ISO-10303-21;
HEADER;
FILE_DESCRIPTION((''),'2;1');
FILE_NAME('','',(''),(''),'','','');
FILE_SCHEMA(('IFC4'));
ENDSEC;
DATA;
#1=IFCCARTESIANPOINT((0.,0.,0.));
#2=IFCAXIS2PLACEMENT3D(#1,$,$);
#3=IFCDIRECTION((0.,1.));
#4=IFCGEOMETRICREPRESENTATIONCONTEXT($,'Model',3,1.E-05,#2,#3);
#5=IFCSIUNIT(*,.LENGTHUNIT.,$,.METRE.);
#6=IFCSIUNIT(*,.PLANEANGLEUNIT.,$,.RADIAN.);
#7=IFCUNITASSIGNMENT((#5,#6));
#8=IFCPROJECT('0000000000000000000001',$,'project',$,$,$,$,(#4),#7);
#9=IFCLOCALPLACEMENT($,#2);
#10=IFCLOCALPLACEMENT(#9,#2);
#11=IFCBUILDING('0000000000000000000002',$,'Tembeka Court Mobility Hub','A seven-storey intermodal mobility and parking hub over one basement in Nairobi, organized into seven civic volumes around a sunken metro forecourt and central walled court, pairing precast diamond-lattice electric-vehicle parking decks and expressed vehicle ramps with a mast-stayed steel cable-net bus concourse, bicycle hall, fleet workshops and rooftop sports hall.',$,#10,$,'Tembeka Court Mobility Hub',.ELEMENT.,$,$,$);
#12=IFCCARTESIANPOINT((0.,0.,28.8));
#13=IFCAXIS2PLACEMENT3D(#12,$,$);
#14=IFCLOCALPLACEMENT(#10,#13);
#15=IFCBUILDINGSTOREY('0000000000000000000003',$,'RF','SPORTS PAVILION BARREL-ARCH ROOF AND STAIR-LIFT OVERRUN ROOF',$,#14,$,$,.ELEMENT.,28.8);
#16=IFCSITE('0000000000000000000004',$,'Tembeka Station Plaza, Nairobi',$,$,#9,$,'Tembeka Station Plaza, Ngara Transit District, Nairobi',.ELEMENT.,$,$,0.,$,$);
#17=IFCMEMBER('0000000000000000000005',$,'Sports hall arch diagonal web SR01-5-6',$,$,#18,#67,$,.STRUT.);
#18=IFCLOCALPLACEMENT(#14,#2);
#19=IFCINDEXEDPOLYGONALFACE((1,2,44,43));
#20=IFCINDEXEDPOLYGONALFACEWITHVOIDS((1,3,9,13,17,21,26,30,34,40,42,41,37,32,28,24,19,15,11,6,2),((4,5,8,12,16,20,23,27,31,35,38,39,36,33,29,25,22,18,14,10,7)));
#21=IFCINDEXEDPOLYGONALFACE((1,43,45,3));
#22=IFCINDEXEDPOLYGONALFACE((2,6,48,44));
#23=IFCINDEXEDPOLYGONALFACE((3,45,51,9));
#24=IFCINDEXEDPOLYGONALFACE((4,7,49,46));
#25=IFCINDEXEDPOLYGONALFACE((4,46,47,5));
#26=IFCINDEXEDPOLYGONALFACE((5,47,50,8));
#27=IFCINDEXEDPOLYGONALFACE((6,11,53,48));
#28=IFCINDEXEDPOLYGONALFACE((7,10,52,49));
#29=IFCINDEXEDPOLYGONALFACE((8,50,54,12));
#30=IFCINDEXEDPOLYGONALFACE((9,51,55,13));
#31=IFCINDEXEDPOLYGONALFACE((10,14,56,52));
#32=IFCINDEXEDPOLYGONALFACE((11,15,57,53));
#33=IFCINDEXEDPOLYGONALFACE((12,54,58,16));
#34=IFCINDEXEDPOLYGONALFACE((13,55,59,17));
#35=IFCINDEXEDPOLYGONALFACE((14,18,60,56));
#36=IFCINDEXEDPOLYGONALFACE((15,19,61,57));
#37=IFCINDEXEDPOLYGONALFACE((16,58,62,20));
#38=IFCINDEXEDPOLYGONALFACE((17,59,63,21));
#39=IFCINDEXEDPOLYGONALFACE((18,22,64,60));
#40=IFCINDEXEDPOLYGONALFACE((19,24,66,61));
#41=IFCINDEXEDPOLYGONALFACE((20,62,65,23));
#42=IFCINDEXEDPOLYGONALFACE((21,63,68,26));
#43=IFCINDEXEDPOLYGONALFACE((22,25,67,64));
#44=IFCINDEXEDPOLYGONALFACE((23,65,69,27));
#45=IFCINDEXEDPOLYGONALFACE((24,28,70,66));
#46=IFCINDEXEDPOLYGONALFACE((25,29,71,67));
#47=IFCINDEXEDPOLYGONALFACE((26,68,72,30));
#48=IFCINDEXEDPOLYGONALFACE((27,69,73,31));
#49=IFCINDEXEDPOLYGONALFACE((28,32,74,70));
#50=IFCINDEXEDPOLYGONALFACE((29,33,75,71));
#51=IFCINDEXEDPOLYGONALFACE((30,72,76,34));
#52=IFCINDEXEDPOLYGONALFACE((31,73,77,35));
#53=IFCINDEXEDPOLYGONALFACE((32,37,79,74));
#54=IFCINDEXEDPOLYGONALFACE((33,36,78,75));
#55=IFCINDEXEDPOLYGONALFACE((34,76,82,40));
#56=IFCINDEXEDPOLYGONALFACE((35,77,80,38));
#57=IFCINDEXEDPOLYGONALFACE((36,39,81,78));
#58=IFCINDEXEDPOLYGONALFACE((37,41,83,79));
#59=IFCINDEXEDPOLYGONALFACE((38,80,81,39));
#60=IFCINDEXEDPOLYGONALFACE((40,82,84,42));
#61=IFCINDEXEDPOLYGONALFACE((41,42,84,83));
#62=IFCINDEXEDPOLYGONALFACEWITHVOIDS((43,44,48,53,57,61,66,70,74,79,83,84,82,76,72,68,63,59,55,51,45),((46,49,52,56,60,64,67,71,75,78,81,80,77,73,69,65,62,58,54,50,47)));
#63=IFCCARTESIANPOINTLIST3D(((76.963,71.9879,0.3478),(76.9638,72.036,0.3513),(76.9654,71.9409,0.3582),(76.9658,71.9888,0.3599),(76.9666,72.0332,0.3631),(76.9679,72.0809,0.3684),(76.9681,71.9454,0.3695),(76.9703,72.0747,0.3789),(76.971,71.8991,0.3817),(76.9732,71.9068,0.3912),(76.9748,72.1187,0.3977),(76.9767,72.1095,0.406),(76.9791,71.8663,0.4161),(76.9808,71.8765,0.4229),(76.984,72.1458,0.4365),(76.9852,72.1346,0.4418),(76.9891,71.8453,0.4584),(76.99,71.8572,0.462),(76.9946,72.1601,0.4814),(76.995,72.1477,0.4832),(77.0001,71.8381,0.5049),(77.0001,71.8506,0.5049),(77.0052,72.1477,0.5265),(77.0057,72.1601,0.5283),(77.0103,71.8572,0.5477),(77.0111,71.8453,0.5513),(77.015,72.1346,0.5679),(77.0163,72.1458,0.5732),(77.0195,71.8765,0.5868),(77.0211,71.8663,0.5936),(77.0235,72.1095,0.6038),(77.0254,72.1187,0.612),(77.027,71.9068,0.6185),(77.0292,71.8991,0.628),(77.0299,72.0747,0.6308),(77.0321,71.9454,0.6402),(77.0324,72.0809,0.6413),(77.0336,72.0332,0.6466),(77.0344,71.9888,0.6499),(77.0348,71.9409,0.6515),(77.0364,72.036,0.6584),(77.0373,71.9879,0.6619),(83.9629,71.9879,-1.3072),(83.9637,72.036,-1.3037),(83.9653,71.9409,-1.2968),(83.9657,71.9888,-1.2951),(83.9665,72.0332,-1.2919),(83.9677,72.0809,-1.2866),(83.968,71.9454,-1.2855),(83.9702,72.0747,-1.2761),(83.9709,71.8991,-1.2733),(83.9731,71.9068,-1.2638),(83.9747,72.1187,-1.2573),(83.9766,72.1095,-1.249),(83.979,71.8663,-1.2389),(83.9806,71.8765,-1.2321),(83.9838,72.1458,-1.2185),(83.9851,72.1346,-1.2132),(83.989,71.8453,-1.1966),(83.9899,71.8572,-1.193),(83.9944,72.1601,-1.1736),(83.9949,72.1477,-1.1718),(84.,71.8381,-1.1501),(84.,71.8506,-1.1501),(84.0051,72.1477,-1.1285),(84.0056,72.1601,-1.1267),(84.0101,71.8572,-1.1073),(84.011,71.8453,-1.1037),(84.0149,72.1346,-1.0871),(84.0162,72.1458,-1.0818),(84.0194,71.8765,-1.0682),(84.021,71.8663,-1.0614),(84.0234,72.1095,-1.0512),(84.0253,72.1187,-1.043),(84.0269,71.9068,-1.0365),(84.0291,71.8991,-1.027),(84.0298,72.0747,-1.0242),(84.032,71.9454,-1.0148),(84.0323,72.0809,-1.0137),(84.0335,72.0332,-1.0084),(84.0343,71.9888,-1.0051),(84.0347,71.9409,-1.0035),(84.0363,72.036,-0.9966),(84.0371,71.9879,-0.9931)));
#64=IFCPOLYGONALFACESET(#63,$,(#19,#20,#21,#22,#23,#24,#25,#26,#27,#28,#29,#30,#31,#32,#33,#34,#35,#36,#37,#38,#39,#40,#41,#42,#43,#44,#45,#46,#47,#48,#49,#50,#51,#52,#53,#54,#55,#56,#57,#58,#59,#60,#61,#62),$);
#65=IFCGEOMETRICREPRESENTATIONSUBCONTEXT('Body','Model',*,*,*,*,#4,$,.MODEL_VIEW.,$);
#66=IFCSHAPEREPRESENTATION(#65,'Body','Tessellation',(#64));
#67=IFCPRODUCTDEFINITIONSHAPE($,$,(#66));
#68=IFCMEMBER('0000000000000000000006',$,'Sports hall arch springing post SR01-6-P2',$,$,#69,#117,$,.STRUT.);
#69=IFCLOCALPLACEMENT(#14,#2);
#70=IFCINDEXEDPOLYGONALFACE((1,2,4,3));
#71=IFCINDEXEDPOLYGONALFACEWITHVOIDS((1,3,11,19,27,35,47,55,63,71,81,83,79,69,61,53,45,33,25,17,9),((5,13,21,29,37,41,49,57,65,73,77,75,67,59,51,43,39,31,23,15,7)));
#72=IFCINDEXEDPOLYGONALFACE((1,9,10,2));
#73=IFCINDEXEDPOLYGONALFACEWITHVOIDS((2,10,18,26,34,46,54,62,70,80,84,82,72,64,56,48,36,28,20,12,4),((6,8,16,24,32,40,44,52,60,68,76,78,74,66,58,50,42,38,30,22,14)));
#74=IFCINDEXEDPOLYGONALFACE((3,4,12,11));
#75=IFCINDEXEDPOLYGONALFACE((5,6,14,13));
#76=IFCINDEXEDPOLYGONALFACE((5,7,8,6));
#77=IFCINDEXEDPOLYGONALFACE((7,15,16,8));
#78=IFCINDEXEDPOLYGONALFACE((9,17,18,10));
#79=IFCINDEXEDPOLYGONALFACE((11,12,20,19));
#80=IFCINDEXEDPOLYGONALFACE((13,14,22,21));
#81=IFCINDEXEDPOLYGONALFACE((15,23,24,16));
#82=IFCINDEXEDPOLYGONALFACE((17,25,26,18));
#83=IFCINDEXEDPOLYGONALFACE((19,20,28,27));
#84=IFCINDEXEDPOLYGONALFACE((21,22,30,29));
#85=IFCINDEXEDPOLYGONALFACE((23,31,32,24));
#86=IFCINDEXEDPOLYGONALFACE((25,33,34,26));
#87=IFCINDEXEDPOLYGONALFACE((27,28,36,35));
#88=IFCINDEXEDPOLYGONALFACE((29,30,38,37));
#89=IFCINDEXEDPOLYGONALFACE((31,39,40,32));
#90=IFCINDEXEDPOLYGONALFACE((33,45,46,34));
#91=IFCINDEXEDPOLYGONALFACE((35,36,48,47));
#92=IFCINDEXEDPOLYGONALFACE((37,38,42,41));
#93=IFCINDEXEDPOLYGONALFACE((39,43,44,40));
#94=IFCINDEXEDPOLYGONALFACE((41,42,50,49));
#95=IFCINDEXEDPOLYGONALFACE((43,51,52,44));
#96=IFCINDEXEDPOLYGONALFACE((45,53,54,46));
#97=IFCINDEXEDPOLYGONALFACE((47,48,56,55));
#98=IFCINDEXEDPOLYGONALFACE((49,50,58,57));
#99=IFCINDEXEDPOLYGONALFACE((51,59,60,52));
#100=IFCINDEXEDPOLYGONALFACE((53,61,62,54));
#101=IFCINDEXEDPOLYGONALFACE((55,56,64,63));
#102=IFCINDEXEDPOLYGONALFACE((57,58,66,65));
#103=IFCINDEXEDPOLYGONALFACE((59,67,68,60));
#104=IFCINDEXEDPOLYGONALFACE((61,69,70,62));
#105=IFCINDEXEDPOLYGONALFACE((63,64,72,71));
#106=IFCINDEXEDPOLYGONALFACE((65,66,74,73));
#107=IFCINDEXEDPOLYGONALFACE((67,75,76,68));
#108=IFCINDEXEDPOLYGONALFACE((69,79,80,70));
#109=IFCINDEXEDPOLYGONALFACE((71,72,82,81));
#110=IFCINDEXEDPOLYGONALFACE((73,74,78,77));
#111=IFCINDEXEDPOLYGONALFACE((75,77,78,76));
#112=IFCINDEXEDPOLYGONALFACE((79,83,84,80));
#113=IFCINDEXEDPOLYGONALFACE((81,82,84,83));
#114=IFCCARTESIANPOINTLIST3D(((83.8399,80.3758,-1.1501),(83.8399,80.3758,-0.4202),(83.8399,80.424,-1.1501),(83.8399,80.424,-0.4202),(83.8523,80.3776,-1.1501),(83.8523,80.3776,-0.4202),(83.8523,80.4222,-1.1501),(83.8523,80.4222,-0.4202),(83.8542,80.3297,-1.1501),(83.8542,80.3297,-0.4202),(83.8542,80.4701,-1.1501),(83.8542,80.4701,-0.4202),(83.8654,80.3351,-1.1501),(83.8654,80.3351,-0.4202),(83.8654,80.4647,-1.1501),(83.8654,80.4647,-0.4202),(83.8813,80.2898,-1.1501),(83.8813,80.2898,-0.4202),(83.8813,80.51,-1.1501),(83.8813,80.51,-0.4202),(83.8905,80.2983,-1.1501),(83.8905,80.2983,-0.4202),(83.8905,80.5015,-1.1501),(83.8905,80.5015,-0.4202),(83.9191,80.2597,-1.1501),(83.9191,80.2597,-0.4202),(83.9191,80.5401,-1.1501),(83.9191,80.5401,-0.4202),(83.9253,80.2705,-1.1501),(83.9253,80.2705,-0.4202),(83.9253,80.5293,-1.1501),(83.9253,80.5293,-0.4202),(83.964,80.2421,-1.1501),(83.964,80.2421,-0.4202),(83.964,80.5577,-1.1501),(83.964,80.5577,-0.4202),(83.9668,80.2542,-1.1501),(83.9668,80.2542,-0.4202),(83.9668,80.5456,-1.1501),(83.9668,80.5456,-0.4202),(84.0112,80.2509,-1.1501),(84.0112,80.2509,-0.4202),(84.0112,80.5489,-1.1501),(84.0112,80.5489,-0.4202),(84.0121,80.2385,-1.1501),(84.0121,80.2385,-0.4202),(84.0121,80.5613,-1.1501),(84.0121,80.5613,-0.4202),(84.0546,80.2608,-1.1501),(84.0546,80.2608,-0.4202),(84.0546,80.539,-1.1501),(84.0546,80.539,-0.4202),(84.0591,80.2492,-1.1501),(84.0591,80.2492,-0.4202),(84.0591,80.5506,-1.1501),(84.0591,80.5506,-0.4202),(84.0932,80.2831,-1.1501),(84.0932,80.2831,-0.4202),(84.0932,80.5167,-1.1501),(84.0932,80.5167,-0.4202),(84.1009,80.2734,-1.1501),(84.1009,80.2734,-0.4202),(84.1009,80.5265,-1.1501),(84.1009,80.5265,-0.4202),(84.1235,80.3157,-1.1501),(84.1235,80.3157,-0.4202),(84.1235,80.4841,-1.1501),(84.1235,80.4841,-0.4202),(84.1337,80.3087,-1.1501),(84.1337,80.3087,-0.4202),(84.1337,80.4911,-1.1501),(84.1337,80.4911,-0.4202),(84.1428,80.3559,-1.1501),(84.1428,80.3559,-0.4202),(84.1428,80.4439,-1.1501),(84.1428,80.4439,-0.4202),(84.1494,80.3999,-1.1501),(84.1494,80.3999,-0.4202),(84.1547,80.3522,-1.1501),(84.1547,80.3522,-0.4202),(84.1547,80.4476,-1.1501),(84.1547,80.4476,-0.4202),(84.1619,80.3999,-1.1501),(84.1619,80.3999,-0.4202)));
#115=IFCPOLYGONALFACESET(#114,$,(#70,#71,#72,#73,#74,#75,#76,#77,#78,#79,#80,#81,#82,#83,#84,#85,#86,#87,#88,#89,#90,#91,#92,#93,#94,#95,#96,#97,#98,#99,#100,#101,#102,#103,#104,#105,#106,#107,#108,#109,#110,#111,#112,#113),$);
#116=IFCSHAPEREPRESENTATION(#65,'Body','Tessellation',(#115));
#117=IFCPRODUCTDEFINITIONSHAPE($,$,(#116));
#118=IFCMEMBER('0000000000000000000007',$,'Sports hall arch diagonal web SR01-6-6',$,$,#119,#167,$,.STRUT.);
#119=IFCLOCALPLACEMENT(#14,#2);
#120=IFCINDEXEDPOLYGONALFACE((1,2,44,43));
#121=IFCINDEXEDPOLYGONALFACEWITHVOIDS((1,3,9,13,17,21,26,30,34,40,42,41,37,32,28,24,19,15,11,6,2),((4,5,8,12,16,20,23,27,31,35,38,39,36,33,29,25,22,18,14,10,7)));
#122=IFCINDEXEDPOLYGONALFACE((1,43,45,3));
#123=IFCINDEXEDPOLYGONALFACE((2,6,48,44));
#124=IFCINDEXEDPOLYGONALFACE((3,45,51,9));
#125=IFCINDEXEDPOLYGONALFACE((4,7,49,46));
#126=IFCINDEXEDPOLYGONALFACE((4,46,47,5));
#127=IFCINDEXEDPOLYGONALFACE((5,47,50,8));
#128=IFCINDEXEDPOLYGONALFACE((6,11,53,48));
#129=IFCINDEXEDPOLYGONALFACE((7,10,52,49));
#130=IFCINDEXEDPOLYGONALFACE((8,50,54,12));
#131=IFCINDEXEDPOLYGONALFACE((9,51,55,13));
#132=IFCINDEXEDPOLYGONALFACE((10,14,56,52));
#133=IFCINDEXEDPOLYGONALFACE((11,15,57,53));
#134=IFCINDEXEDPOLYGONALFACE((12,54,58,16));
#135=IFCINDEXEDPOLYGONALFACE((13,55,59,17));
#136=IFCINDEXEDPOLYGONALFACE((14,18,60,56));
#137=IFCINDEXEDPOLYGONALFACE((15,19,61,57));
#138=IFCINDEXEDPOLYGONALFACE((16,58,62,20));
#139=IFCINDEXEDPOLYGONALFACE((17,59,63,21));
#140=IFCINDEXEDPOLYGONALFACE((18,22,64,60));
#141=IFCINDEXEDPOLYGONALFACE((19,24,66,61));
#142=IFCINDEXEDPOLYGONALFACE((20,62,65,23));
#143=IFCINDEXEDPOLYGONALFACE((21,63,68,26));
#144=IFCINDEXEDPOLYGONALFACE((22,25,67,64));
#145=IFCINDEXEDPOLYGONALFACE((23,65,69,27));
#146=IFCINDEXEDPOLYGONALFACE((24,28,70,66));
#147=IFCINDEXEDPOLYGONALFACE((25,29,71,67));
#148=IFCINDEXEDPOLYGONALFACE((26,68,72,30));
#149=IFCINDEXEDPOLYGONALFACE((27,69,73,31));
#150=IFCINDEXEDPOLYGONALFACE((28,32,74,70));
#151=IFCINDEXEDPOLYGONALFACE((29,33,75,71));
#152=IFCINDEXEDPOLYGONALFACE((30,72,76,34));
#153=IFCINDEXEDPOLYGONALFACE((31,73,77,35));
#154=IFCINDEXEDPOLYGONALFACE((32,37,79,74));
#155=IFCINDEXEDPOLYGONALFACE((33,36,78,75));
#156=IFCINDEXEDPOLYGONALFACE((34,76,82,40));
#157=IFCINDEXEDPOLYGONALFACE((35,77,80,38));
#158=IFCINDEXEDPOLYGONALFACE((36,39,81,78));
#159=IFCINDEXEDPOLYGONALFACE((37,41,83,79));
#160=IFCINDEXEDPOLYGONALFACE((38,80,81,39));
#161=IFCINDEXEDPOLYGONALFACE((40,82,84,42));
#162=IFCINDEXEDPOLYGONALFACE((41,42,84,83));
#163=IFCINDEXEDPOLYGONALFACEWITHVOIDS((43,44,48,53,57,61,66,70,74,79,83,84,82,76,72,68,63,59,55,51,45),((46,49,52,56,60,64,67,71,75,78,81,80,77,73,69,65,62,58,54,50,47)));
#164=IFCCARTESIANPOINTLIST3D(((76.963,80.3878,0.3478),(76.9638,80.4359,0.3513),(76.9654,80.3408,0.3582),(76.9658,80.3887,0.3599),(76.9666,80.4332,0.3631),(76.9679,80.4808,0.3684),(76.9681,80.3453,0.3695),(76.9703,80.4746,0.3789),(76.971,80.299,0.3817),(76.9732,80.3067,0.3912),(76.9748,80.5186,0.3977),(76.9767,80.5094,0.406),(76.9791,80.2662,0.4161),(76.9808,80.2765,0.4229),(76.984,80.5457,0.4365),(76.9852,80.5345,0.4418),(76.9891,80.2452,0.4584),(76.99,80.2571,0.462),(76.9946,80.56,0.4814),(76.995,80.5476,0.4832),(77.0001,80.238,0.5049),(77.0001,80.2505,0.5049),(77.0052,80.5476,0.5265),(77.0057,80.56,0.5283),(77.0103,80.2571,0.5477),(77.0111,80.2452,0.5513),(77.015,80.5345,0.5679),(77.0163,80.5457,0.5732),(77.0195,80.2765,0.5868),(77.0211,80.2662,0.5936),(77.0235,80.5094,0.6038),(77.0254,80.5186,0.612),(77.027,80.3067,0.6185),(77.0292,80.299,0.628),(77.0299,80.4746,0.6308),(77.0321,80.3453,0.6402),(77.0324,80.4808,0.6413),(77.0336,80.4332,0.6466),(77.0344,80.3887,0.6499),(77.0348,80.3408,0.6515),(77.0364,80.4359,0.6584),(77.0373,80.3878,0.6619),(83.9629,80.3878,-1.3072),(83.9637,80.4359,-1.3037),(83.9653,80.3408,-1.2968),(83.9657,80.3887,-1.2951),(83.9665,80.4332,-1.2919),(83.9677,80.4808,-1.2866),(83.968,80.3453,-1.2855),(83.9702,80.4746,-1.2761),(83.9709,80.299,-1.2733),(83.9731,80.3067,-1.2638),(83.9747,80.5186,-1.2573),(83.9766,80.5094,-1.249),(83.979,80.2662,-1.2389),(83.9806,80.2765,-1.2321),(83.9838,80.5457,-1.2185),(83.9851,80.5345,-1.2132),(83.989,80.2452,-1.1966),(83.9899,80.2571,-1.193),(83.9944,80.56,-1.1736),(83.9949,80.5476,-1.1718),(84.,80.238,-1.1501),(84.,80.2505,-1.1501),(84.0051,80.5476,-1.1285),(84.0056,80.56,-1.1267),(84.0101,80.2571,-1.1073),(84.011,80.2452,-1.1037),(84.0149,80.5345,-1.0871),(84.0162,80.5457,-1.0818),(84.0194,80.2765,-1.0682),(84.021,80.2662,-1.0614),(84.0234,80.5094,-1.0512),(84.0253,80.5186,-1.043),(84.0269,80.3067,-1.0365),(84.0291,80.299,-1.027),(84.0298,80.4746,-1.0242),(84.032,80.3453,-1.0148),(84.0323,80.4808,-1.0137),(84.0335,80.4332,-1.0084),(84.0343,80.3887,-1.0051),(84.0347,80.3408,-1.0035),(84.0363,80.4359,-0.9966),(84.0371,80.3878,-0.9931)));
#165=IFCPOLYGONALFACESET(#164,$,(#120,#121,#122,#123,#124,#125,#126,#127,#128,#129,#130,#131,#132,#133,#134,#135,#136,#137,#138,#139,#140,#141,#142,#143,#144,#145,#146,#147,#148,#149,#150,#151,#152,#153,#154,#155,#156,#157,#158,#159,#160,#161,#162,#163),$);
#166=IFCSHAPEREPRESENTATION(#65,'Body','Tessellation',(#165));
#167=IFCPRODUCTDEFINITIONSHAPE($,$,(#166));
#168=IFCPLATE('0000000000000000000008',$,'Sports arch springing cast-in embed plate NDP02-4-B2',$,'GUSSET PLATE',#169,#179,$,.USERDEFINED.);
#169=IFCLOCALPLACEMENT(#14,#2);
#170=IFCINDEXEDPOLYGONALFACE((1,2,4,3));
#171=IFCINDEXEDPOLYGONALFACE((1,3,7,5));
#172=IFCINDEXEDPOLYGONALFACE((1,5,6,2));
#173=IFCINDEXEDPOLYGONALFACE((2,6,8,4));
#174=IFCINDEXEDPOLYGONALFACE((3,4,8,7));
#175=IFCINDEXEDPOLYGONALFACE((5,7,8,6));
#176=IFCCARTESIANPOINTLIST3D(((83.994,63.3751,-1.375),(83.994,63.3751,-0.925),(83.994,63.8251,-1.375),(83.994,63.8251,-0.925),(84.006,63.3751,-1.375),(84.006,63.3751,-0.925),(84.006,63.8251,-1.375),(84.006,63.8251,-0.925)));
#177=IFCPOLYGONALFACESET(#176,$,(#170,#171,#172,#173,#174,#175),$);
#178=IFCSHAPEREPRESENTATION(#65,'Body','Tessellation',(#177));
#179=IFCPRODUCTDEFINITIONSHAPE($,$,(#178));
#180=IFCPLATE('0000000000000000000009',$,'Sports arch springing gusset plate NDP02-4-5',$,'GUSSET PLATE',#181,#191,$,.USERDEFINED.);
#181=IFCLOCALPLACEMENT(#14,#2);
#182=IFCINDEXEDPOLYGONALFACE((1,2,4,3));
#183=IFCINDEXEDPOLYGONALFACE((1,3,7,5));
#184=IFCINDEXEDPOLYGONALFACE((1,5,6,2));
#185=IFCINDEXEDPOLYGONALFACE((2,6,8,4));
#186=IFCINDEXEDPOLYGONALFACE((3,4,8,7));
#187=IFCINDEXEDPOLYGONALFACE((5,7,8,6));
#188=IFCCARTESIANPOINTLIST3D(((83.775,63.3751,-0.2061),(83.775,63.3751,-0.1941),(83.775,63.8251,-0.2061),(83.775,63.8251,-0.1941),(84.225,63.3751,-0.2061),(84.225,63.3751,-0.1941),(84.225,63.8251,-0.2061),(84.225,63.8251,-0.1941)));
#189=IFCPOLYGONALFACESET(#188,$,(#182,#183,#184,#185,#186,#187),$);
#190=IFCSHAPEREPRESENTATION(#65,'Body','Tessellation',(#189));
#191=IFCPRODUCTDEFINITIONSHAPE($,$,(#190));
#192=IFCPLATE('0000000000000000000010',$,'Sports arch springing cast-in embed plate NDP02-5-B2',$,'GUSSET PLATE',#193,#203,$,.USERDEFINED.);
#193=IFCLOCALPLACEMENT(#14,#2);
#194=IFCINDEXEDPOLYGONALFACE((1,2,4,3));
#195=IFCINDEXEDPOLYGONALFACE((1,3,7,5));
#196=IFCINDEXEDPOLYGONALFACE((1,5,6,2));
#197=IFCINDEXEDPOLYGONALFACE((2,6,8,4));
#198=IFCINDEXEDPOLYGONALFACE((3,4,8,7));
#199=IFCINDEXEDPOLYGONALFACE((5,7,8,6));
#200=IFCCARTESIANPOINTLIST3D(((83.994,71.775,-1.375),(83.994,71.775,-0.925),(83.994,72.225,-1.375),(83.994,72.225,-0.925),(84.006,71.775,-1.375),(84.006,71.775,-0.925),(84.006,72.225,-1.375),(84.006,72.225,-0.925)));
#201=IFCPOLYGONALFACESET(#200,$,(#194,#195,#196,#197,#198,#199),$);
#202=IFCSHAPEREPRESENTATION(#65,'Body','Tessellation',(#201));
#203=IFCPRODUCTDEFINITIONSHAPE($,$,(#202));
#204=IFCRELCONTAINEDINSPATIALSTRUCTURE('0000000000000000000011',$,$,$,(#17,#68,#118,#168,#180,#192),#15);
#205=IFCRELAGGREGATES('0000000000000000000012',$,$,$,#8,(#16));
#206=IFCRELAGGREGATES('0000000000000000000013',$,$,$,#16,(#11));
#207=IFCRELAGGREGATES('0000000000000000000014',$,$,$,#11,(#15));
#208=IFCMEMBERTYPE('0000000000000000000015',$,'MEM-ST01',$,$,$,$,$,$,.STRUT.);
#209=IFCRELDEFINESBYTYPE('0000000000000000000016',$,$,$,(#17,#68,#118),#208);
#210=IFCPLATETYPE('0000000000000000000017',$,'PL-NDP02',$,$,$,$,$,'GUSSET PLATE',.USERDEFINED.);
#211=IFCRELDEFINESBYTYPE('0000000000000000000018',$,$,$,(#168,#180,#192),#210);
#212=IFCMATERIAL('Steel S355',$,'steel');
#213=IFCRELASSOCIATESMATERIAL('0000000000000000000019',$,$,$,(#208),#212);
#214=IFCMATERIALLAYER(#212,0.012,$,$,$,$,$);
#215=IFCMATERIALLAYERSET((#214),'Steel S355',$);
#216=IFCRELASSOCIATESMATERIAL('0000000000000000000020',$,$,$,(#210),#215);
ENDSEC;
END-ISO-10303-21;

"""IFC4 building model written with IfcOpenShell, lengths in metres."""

from ifc_helpers import new_model, si_unit, direction, frame, origin, origin_2d, place, context, subcontext, project, spatial, rectangle, hollow_circle, extrude, material, layer, layer_set, material_profile, profile_set, type_object, element, save


model = new_model("IFC4")

# Units and contexts
model_context = context("Model", 3, precision=1e-05, world=origin(), true_north=direction((0.0, 1.0)))
body_context = subcontext(model_context, "Body", "Model", "MODEL_VIEW")
ifc_project = project(units=[si_unit("LENGTHUNIT", "METRE"), si_unit("PLANEANGLEUNIT", "RADIAN")], contexts=[model_context])

# Site, building, storey
site_placement = place(None, origin())
site = spatial("IfcSite", under=ifc_project, at=site_placement, Name="Tembeka Station Plaza, Nairobi", LongName="Tembeka Station Plaza, Ngara Transit District, Nairobi", CompositionType="ELEMENT", RefElevation=0.0)
building_placement = place(site_placement, origin())
building = spatial("IfcBuilding", under=site, at=building_placement, Name="Tembeka Court Mobility Hub", Description="A seven-storey intermodal mobility and parking hub over one basement in Nairobi, organized into seven civic volumes around a sunken metro forecourt and central walled court, pairing precast diamond-lattice electric-vehicle parking decks and expressed vehicle ramps with a mast-stayed steel cable-net bus concourse, bicycle hall, fleet workshops and rooftop sports hall.", LongName="Tembeka Court Mobility Hub", CompositionType="ELEMENT")
storey_placement = place(building_placement, frame((0.0, 0.0, 28.8)))
storey = spatial("IfcBuildingStorey", under=building, at=storey_placement, Name="RF", Description="SPORTS PAVILION BARREL-ARCH ROOF AND STAIR-LIFT OVERRUN ROOF", CompositionType="ELEMENT", Elevation=28.8)

# Shared definitions
ifc_material_1 = material(Name="Steel S355", Category="steel")

# Members
ifc_material_profile_1 = material_profile(ifc_material_1, hollow_circle(Radius=0.1619, WallThickness=0.0125, at=origin_2d()), Name="CHS 323.9x12.5")
ifc_profile_set_1 = profile_set([ifc_material_profile_1], Name="Steel S355")
member_type = type_object("IfcMemberType", Name="MEM-ST01", PredefinedType="STRUT", material=ifc_profile_set_1)
member_1_placement = place(storey_placement, frame((84.0, 72.0, -1.1501), z_axis=(-0.97317, 0.0, 0.230089), x_axis=(0.0, -1.0, 0.0)))
element("IfcMember", 1, at=member_1_placement, inside=storey, type_object=member_type, Name="Sports hall arch diagonal web SR01-5-6", PredefinedType="STRUT", context=body_context, shape_type="SweptSolid", body=[
    extrude(hollow_circle(Radius=0.1619, WallThickness=0.0125, at=origin_2d()), origin(), (0.0, 0.0, 1.0), 7.1929),
])
member_2_placement = place(storey_placement, frame((84.0, 80.3999, -1.1501), z_axis=(0.0, 0.0, 1.0), x_axis=(1.0, 0.0, 0.0)))
element("IfcMember", 2, at=member_2_placement, inside=storey, type_object=member_type, Name="Sports hall arch springing post SR01-6-P2", PredefinedType="STRUT", context=body_context, shape_type="SweptSolid", body=[
    extrude(hollow_circle(Radius=0.1619, WallThickness=0.0125, at=origin_2d()), origin(), (0.0, 0.0, 1.0), 0.73),
])
member_3_placement = place(storey_placement, frame((84.0, 80.3999, -1.1501), z_axis=(-0.97317, 0.0, 0.230089), x_axis=(0.0, -1.0, 0.0)))
element("IfcMember", 3, at=member_3_placement, inside=storey, type_object=member_type, Name="Sports hall arch diagonal web SR01-6-6", PredefinedType="STRUT", context=body_context, shape_type="SweptSolid", body=[
    extrude(hollow_circle(Radius=0.1619, WallThickness=0.0125, at=origin_2d()), origin(), (0.0, 0.0, 1.0), 7.1929),
])

# Plates
ifc_layer_1 = layer(ifc_material_1, 0.012)
ifc_layer_set_1 = layer_set([ifc_layer_1], Name="Steel S355")
plate_type = type_object("IfcPlateType", Name="PL-NDP02", ElementType="GUSSET PLATE", PredefinedType="USERDEFINED", material=ifc_layer_set_1)
plate_1_placement = place(storey_placement, frame((84.0, 63.6001, -1.375), z_axis=(0.0, 0.0, 1.0), x_axis=(1.0, 0.0, 0.0)))
element("IfcPlate", 4, at=plate_1_placement, inside=storey, type_object=plate_type, Name="Sports arch springing cast-in embed plate NDP02-4-B2", ObjectType="GUSSET PLATE", PredefinedType="USERDEFINED", context=body_context, shape_type="SweptSolid", body=[
    extrude(rectangle(XDim=0.012, YDim=0.45, at=origin_2d()), origin(), (0.0, 0.0, 1.0), 0.45),
])
plate_2_placement = place(storey_placement, frame((84.0, 63.6001, -0.2061), z_axis=(0.0, 0.0, 1.0), x_axis=(1.0, 0.0, 0.0)))
element("IfcPlate", 5, at=plate_2_placement, inside=storey, type_object=plate_type, Name="Sports arch springing gusset plate NDP02-4-5", ObjectType="GUSSET PLATE", PredefinedType="USERDEFINED", context=body_context, shape_type="SweptSolid", body=[
    extrude(rectangle(XDim=0.45, YDim=0.45, at=origin_2d()), origin(), (0.0, 0.0, 1.0), 0.012),
])
plate_3_placement = place(storey_placement, frame((84.0, 72.0, -1.375), z_axis=(0.0, 0.0, 1.0), x_axis=(1.0, 0.0, 0.0)))
element("IfcPlate", 6, at=plate_3_placement, inside=storey, type_object=plate_type, Name="Sports arch springing cast-in embed plate NDP02-5-B2", ObjectType="GUSSET PLATE", PredefinedType="USERDEFINED", context=body_context, shape_type="SweptSolid", body=[
    extrude(rectangle(XDim=0.012, YDim=0.45, at=origin_2d()), origin(), (0.0, 0.0, 1.0), 0.45),
])

save(model, "model.ifc")
